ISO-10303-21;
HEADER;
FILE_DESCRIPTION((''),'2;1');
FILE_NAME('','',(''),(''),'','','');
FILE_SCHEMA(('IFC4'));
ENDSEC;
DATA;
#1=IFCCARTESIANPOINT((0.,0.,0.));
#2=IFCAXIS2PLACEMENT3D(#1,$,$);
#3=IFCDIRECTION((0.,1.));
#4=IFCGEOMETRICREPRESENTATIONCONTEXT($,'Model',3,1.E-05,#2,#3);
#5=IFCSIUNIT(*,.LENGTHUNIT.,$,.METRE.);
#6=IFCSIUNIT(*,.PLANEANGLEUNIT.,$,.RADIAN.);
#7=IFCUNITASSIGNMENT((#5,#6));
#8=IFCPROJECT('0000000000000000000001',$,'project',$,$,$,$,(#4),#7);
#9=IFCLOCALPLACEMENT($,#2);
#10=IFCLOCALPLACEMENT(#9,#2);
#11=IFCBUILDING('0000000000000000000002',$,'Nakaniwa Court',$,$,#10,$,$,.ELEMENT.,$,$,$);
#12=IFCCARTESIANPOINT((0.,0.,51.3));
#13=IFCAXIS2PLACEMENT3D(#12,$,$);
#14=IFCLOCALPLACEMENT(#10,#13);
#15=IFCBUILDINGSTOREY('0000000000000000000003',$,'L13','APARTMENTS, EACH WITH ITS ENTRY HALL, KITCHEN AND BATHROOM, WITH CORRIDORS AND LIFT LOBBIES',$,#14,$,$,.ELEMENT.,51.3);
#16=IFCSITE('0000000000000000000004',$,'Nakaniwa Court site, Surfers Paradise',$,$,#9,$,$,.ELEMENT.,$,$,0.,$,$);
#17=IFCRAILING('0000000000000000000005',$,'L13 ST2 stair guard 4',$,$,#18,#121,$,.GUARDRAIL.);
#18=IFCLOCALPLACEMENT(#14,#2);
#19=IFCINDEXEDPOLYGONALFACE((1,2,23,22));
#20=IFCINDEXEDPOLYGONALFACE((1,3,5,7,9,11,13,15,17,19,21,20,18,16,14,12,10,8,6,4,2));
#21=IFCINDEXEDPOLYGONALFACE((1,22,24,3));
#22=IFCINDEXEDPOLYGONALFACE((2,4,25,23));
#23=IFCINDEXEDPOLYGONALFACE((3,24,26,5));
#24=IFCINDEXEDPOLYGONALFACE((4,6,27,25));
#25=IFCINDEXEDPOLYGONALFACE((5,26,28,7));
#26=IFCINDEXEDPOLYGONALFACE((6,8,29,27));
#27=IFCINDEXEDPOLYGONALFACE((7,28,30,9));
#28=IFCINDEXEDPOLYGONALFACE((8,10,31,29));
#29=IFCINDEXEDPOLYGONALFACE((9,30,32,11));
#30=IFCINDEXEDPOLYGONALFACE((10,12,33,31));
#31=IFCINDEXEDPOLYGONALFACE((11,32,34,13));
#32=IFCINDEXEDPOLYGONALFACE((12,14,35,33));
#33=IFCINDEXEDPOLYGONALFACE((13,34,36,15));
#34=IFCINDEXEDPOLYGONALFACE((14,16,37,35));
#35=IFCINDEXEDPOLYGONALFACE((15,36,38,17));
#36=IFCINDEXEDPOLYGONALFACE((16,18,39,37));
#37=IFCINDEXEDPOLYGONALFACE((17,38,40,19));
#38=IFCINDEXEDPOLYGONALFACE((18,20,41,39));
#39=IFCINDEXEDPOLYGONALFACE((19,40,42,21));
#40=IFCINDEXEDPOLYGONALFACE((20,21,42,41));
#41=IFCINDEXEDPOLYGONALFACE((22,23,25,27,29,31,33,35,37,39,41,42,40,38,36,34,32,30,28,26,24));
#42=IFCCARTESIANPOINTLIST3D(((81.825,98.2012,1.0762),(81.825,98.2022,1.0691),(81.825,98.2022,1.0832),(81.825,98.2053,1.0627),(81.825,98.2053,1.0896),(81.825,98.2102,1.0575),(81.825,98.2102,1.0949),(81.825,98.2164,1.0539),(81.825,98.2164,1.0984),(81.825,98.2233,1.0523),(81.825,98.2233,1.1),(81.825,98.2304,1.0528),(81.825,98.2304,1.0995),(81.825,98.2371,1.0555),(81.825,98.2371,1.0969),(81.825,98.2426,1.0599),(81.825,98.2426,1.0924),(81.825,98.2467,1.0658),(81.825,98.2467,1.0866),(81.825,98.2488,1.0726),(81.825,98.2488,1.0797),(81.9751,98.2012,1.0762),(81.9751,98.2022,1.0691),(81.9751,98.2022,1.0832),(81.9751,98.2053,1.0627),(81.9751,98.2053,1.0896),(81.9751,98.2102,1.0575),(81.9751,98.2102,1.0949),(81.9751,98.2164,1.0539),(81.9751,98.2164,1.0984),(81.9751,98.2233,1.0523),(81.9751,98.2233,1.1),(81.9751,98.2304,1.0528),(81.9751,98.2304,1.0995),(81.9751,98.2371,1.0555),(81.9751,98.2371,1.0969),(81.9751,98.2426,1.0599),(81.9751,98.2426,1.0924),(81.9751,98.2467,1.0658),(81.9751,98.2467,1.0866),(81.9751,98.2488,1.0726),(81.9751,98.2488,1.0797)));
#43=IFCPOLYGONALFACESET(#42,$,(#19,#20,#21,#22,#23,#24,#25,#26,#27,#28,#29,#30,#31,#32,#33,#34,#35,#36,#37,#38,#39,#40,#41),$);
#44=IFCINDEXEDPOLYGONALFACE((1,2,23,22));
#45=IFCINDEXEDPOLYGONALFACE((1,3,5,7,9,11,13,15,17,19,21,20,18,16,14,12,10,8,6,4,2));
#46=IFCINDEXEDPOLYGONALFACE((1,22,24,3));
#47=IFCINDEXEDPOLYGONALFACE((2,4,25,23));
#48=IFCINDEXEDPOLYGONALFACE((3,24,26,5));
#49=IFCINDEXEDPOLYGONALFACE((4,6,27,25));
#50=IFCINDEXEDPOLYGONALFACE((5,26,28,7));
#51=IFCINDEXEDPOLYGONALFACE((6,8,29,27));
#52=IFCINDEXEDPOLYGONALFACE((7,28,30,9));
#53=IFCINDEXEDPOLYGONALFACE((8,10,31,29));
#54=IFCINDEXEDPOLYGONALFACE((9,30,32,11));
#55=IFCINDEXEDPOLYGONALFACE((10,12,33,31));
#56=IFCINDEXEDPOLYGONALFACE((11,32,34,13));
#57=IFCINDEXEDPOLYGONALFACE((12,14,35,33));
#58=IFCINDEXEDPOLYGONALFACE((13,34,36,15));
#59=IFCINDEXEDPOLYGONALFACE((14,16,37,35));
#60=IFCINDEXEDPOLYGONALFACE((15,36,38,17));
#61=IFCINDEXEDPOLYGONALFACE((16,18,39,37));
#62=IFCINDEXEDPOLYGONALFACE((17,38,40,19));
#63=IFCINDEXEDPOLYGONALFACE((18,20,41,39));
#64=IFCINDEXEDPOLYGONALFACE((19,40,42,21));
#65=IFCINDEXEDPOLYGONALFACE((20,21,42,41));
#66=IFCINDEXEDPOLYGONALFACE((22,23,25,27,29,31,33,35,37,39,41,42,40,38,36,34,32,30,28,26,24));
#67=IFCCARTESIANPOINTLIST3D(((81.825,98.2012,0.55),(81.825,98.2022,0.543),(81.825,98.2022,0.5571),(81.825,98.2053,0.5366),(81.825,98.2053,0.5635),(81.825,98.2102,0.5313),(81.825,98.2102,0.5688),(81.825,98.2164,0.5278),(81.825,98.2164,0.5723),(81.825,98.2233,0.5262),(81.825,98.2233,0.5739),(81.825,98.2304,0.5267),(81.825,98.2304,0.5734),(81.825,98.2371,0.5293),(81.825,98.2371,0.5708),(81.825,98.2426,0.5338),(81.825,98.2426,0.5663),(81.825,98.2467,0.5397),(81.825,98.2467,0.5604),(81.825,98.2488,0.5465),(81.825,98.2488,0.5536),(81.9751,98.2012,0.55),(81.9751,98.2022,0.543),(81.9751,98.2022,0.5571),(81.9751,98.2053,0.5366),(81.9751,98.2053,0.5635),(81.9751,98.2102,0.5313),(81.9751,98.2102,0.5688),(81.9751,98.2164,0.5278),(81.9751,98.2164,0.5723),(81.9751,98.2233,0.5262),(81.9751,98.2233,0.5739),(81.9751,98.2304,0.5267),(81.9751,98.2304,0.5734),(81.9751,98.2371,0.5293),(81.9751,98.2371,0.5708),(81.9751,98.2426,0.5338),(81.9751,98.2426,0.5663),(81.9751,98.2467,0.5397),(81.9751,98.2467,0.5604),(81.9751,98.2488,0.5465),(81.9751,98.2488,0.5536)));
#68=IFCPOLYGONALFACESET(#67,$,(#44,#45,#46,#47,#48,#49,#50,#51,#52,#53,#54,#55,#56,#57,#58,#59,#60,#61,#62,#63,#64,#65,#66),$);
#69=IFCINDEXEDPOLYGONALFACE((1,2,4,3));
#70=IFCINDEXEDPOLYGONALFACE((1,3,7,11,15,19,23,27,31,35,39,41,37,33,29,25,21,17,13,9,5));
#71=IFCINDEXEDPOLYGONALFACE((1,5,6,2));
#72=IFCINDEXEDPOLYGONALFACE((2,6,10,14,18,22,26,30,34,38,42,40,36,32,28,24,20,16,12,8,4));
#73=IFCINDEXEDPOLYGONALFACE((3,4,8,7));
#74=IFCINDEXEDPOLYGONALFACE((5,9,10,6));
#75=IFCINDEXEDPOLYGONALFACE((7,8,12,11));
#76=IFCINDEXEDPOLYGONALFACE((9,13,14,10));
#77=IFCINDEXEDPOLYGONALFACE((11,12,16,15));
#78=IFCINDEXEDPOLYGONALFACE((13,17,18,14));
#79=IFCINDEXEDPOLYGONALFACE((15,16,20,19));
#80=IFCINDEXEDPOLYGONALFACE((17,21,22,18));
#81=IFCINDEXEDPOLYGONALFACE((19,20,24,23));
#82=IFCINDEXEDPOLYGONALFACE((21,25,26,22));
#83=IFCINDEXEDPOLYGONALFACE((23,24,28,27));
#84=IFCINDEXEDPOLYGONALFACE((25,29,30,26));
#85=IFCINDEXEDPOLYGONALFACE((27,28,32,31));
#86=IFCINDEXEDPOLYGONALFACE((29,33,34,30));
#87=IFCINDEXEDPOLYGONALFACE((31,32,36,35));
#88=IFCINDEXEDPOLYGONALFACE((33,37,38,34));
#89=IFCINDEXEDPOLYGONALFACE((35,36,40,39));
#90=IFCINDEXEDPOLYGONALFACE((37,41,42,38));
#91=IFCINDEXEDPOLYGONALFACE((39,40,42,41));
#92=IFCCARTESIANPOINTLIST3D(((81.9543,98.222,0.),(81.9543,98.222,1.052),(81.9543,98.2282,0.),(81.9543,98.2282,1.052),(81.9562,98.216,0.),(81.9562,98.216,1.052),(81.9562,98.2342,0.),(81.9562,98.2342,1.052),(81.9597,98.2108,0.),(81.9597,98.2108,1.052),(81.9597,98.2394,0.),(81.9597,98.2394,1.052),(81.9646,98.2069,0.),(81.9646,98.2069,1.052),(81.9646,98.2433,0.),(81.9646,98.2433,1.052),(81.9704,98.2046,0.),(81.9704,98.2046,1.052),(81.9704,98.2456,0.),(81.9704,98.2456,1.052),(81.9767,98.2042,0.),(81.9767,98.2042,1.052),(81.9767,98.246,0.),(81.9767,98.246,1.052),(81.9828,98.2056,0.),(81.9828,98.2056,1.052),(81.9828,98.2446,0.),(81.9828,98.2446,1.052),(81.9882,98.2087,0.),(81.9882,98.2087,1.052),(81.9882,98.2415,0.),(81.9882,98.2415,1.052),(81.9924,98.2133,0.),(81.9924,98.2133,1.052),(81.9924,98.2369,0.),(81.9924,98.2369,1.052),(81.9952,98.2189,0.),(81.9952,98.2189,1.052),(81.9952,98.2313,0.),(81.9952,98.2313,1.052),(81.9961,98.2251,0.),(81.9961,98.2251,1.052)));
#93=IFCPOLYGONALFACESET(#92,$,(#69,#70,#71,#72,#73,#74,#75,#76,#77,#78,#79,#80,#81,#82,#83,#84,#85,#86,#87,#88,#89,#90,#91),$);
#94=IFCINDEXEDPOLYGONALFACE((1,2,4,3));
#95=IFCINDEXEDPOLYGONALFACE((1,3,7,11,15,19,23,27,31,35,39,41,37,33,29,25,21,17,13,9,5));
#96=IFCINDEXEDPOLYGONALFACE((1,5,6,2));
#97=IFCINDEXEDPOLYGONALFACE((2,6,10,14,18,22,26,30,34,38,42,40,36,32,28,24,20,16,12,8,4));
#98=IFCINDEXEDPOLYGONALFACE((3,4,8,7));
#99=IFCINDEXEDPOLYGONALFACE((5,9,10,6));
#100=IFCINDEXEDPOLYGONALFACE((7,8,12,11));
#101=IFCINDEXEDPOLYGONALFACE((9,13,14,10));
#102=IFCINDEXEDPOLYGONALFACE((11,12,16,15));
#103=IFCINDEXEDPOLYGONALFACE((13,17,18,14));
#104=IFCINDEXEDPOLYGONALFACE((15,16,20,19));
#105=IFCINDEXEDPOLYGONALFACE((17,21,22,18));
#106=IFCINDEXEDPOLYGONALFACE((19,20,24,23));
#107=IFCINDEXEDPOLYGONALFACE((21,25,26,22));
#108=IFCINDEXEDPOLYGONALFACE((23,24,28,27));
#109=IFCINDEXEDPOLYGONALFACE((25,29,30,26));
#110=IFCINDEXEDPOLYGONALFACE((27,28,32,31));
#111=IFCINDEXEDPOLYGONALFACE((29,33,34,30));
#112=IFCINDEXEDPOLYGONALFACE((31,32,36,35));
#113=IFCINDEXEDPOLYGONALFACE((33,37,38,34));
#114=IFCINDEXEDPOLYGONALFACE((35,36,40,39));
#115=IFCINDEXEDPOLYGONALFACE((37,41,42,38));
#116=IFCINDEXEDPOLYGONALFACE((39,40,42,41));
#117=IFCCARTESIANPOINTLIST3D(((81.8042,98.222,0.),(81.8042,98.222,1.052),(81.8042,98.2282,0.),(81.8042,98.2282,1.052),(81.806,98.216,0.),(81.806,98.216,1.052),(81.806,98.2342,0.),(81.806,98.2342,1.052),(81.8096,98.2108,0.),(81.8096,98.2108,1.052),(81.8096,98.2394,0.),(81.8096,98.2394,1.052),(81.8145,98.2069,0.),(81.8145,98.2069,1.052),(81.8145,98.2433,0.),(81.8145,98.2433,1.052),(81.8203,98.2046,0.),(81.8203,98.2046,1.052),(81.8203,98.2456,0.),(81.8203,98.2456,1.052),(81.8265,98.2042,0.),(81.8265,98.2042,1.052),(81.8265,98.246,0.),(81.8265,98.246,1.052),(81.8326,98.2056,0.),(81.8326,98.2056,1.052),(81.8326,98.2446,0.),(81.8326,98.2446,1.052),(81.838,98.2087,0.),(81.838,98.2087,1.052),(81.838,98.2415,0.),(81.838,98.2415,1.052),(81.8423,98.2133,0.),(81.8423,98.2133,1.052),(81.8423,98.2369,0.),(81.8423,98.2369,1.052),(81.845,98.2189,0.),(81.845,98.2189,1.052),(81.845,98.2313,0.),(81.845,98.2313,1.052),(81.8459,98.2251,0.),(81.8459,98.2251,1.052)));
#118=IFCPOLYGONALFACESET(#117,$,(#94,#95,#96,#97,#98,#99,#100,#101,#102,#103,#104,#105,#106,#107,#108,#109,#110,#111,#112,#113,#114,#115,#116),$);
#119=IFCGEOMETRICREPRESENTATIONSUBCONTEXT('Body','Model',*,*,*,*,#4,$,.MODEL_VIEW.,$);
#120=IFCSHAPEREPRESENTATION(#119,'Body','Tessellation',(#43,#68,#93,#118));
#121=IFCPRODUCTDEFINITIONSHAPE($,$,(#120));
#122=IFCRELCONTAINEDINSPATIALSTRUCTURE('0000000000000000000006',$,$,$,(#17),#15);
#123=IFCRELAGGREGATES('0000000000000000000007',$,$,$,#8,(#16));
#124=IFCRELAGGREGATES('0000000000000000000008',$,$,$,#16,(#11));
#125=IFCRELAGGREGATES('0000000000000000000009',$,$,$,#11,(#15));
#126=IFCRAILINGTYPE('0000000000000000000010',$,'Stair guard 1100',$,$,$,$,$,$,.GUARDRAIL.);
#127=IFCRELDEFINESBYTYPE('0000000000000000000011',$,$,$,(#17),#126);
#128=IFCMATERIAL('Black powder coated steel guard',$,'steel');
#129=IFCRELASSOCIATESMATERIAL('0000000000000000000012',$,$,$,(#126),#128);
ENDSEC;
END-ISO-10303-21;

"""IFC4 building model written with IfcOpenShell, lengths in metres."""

from ifc_helpers import new_model, si_unit, direction, frame, origin, origin_2d, place, context, subcontext, project, spatial, circle, extrude, material, type_object, element, save


model = new_model("IFC4")

# Units and contexts
model_context = context("Model", 3, precision=1e-05, world=origin(), true_north=direction((0.0, 1.0)))
body_context = subcontext(model_context, "Body", "Model", "MODEL_VIEW")
ifc_project = project(units=[si_unit("LENGTHUNIT", "METRE"), si_unit("PLANEANGLEUNIT", "RADIAN")], contexts=[model_context])

# Site, building, storey
site_placement = place(None, origin())
site = spatial("IfcSite", under=ifc_project, at=site_placement, Name="Nakaniwa Court site, Surfers Paradise", CompositionType="ELEMENT", RefElevation=0.0)
building_placement = place(site_placement, origin())
building = spatial("IfcBuilding", under=site, at=building_placement, Name="Nakaniwa Court", CompositionType="ELEMENT")
storey_placement = place(building_placement, frame((0.0, 0.0, 51.3)))
storey = spatial("IfcBuildingStorey", under=building, at=storey_placement, Name="L13", Description="APARTMENTS, EACH WITH ITS ENTRY HALL, KITCHEN AND BATHROOM, WITH CORRIDORS AND LIFT LOBBIES", CompositionType="ELEMENT", Elevation=51.3)

# Railing
ifc_material_1 = material(Name="Black powder coated steel guard", Category="steel")
railing_type_1 = type_object("IfcRailingType", Name="Stair guard 1100", PredefinedType="GUARDRAIL", material=ifc_material_1)
railing_1_placement = place(storey_placement, frame((81.9751, 98.2251, 0.0)))
element("IfcRailing", 1, at=railing_1_placement, inside=storey, type_object=railing_type_1, Name="L13 ST2 stair guard 4", PredefinedType="GUARDRAIL", context=body_context, shape_type="SweptSolid", body=[
    extrude(circle(Radius=0.0239, at=origin_2d()), frame((0.0, 0.0, 1.0762), z_axis=(-1.0, 0.0, 0.0), x_axis=(0.0, -1.0, 0.0)), (0.0, 0.0, 1.0), 0.1501),
    extrude(circle(Radius=0.0239, at=origin_2d()), frame((0.0, 0.0, 0.55), z_axis=(-1.0, 0.0, 0.0), x_axis=(0.0, -1.0, 0.0)), (0.0, 0.0, 1.0), 0.1501),
    extrude(circle(Radius=0.021, at=origin_2d()), origin(), (0.0, 0.0, 1.0), 1.052),
    extrude(circle(Radius=0.021, at=origin_2d()), frame((-0.1501, 0.0, 0.0)), (0.0, 0.0, 1.0), 1.052),
])

save(model, "model.ifc")
